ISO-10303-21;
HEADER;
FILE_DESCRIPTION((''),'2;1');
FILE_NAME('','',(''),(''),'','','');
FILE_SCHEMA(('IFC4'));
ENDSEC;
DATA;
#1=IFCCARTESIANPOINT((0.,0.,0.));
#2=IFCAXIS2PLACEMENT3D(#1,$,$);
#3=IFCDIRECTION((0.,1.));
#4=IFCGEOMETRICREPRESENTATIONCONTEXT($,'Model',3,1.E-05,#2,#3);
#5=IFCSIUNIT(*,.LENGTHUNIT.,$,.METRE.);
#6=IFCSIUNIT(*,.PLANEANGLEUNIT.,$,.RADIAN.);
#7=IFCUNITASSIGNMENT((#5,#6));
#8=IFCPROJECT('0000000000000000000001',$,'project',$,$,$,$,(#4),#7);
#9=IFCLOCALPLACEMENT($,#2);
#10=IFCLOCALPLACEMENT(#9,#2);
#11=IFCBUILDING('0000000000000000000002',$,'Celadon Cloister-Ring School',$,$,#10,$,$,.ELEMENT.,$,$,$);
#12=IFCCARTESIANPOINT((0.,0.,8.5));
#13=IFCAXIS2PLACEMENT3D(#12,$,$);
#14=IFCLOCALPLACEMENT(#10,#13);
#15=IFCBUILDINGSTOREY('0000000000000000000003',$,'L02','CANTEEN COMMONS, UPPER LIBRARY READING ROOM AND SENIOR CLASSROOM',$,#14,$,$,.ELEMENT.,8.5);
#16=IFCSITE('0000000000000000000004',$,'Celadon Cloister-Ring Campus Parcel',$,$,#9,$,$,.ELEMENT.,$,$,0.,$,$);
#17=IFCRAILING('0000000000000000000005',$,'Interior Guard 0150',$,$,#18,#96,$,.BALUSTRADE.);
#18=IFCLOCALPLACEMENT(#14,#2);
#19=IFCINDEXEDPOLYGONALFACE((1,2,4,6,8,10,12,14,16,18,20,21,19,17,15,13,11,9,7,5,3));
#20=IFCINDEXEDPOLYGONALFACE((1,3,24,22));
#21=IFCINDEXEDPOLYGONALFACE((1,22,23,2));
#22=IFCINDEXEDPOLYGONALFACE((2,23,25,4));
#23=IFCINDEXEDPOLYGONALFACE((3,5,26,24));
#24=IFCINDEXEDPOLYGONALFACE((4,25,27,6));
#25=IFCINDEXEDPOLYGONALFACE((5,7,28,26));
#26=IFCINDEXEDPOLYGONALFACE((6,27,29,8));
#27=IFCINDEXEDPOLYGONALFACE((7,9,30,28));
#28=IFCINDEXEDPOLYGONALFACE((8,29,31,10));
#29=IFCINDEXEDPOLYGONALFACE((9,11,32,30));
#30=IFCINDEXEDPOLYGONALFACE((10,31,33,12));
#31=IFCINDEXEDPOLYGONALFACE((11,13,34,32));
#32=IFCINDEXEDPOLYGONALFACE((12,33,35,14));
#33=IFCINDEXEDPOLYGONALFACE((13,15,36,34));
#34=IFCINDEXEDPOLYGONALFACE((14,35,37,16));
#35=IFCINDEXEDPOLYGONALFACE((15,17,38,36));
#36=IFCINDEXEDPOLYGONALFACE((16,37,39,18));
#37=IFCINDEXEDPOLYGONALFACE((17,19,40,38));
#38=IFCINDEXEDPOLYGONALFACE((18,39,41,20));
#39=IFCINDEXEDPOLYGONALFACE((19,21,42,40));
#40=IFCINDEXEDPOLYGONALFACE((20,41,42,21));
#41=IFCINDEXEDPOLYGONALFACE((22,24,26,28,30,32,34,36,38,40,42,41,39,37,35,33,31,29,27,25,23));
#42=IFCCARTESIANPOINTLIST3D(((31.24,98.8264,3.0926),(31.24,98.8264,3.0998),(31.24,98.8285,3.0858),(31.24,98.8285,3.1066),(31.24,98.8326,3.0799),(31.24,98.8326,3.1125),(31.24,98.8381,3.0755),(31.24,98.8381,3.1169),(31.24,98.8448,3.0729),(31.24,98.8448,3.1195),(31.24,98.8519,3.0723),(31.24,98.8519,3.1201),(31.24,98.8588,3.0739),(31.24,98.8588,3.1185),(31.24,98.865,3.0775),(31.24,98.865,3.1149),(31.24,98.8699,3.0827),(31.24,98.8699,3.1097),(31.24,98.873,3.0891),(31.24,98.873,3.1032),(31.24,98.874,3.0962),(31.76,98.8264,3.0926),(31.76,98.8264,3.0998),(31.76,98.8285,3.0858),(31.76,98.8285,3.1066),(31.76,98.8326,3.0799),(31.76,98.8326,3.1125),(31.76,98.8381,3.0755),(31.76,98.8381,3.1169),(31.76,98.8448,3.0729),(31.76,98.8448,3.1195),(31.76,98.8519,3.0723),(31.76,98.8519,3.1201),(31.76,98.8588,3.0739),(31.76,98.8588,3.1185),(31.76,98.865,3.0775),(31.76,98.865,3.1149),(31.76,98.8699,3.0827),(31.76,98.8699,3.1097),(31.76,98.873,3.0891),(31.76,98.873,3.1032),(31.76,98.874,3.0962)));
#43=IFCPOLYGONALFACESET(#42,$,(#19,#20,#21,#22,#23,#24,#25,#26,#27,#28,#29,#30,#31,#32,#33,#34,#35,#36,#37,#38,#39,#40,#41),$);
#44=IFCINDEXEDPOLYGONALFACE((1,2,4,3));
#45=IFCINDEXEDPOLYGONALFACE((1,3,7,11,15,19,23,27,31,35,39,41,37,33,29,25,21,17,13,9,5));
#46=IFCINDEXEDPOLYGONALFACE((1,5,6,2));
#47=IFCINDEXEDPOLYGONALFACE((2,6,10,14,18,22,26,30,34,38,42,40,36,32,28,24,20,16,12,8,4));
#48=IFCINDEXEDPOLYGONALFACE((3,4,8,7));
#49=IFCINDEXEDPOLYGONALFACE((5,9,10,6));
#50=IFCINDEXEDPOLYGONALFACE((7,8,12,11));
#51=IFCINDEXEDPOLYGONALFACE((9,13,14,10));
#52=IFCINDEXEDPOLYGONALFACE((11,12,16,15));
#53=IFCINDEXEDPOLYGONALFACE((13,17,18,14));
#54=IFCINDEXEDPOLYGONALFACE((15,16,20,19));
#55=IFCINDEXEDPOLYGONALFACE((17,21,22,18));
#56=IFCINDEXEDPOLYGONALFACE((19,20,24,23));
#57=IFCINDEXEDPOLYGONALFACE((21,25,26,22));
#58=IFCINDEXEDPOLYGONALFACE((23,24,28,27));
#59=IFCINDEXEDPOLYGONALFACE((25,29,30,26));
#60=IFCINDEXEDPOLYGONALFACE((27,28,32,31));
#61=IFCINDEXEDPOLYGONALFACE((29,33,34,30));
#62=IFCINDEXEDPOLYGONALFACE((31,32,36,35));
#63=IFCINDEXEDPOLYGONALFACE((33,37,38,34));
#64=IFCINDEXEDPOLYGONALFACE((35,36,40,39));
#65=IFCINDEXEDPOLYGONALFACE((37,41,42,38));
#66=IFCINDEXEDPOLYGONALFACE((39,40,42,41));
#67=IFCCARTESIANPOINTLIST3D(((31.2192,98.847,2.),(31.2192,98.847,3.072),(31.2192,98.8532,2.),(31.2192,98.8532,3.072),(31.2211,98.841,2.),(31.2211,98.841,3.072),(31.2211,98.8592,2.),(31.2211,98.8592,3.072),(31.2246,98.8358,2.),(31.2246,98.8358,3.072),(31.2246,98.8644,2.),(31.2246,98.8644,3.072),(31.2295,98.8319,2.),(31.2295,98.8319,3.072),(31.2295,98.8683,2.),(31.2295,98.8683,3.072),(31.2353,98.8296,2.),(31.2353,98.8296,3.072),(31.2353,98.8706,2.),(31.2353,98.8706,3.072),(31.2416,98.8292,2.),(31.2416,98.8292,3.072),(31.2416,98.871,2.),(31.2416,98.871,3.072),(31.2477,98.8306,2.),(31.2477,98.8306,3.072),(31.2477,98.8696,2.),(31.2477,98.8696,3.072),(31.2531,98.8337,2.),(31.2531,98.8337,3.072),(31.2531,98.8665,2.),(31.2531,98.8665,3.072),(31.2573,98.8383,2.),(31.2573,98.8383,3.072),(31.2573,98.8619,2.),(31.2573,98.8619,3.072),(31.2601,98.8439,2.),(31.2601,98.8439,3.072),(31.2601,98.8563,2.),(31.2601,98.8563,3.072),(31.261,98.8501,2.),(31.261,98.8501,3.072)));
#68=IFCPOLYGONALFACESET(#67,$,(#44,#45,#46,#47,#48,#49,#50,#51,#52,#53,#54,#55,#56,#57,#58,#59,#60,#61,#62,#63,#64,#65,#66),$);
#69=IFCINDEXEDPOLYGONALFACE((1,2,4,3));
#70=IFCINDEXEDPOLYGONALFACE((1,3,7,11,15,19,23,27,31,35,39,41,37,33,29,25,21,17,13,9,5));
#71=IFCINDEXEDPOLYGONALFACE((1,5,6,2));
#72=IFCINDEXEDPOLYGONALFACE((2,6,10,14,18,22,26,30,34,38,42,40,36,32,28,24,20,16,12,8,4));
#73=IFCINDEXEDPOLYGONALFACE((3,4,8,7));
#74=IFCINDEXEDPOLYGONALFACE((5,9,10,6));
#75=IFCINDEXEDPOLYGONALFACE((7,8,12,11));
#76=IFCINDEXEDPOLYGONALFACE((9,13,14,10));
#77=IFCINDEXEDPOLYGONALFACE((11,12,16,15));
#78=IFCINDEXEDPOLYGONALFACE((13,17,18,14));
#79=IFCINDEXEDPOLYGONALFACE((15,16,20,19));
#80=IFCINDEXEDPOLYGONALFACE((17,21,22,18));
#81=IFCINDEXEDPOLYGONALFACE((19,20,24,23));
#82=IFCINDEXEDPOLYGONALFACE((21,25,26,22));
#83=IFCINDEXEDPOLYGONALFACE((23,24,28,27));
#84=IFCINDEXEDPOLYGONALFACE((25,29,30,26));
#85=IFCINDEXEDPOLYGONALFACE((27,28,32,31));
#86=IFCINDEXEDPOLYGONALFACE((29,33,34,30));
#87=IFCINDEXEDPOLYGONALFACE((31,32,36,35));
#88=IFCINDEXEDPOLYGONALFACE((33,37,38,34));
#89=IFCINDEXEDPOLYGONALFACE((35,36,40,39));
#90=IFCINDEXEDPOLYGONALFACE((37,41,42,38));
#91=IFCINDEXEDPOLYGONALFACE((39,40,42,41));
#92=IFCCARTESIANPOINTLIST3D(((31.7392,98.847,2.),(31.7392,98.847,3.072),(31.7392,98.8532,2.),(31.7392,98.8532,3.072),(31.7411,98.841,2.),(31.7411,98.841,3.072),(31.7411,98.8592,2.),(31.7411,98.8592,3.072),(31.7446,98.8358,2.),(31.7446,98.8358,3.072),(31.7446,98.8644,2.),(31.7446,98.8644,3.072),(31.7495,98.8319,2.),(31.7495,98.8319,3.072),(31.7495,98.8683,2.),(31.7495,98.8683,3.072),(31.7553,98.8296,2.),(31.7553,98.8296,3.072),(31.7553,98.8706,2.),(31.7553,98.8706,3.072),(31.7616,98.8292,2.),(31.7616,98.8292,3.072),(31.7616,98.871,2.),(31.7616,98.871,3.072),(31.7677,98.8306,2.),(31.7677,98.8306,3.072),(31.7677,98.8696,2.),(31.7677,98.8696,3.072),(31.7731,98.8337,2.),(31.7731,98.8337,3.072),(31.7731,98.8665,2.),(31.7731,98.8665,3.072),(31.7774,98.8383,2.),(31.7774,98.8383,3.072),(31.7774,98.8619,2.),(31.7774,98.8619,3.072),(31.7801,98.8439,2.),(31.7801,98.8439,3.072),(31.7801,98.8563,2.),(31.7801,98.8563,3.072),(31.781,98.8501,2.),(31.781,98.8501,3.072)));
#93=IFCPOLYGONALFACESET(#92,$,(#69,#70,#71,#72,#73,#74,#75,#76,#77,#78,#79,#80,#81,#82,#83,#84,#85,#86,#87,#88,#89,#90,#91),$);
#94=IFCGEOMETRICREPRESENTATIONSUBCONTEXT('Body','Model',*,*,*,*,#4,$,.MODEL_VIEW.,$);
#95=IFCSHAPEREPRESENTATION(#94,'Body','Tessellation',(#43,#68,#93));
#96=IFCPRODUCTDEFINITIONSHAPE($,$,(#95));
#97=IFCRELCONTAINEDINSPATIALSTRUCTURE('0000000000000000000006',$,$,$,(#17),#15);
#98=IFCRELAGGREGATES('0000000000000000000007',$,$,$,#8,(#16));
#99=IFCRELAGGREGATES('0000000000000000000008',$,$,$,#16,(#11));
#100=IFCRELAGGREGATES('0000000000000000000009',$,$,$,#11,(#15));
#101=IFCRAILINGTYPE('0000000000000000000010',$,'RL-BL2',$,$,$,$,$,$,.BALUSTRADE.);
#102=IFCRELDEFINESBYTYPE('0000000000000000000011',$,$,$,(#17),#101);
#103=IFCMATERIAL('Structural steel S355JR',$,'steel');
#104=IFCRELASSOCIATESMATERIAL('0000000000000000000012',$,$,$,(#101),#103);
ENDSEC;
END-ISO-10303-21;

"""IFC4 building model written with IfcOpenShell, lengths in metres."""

from ifc_helpers import new_model, si_unit, direction, frame, origin, origin_2d, place, context, subcontext, project, spatial, circle, extrude, material, type_object, element, save


model = new_model("IFC4")

# Units and contexts
model_context = context("Model", 3, precision=1e-05, world=origin(), true_north=direction((0.0, 1.0)))
body_context = subcontext(model_context, "Body", "Model", "MODEL_VIEW")
ifc_project = project(units=[si_unit("LENGTHUNIT", "METRE"), si_unit("PLANEANGLEUNIT", "RADIAN")], contexts=[model_context])

# Site, building, storey
site_placement = place(None, origin())
site = spatial("IfcSite", under=ifc_project, at=site_placement, Name="Celadon Cloister-Ring Campus Parcel", CompositionType="ELEMENT", RefElevation=0.0)
building_placement = place(site_placement, origin())
building = spatial("IfcBuilding", under=site, at=building_placement, Name="Celadon Cloister-Ring School", CompositionType="ELEMENT")
storey_placement = place(building_placement, frame((0.0, 0.0, 8.5)))
storey = spatial("IfcBuildingStorey", under=building, at=storey_placement, Name="L02", Description="CANTEEN COMMONS, UPPER LIBRARY READING ROOM AND SENIOR CLASSROOM", CompositionType="ELEMENT", Elevation=8.5)

# Railing
ifc_material_1 = material(Name="Structural steel S355JR", Category="steel")
railing_type_1 = type_object("IfcRailingType", Name="RL-BL2", PredefinedType="BALUSTRADE", material=ifc_material_1)
railing_1_placement = place(storey_placement, frame((31.24, 98.8501, 2.0)))
element("IfcRailing", 1, at=railing_1_placement, inside=storey, type_object=railing_type_1, Name="Interior Guard 0150", PredefinedType="BALUSTRADE", context=body_context, shape_type="SweptSolid", body=[
    extrude(circle(Radius=0.0239, at=origin_2d()), frame((0.0, 0.0, 1.0962), z_axis=(1.0, 0.0, 0.0), x_axis=(0.0, 1.0, 0.0)), (0.0, 0.0, 1.0), 0.52),
    extrude(circle(Radius=0.021, at=origin_2d()), origin(), (0.0, 0.0, 1.0), 1.072),
    extrude(circle(Radius=0.021, at=origin_2d()), frame((0.52, 0.0, 0.0)), (0.0, 0.0, 1.0), 1.072),
])

save(model, "model.ifc")
